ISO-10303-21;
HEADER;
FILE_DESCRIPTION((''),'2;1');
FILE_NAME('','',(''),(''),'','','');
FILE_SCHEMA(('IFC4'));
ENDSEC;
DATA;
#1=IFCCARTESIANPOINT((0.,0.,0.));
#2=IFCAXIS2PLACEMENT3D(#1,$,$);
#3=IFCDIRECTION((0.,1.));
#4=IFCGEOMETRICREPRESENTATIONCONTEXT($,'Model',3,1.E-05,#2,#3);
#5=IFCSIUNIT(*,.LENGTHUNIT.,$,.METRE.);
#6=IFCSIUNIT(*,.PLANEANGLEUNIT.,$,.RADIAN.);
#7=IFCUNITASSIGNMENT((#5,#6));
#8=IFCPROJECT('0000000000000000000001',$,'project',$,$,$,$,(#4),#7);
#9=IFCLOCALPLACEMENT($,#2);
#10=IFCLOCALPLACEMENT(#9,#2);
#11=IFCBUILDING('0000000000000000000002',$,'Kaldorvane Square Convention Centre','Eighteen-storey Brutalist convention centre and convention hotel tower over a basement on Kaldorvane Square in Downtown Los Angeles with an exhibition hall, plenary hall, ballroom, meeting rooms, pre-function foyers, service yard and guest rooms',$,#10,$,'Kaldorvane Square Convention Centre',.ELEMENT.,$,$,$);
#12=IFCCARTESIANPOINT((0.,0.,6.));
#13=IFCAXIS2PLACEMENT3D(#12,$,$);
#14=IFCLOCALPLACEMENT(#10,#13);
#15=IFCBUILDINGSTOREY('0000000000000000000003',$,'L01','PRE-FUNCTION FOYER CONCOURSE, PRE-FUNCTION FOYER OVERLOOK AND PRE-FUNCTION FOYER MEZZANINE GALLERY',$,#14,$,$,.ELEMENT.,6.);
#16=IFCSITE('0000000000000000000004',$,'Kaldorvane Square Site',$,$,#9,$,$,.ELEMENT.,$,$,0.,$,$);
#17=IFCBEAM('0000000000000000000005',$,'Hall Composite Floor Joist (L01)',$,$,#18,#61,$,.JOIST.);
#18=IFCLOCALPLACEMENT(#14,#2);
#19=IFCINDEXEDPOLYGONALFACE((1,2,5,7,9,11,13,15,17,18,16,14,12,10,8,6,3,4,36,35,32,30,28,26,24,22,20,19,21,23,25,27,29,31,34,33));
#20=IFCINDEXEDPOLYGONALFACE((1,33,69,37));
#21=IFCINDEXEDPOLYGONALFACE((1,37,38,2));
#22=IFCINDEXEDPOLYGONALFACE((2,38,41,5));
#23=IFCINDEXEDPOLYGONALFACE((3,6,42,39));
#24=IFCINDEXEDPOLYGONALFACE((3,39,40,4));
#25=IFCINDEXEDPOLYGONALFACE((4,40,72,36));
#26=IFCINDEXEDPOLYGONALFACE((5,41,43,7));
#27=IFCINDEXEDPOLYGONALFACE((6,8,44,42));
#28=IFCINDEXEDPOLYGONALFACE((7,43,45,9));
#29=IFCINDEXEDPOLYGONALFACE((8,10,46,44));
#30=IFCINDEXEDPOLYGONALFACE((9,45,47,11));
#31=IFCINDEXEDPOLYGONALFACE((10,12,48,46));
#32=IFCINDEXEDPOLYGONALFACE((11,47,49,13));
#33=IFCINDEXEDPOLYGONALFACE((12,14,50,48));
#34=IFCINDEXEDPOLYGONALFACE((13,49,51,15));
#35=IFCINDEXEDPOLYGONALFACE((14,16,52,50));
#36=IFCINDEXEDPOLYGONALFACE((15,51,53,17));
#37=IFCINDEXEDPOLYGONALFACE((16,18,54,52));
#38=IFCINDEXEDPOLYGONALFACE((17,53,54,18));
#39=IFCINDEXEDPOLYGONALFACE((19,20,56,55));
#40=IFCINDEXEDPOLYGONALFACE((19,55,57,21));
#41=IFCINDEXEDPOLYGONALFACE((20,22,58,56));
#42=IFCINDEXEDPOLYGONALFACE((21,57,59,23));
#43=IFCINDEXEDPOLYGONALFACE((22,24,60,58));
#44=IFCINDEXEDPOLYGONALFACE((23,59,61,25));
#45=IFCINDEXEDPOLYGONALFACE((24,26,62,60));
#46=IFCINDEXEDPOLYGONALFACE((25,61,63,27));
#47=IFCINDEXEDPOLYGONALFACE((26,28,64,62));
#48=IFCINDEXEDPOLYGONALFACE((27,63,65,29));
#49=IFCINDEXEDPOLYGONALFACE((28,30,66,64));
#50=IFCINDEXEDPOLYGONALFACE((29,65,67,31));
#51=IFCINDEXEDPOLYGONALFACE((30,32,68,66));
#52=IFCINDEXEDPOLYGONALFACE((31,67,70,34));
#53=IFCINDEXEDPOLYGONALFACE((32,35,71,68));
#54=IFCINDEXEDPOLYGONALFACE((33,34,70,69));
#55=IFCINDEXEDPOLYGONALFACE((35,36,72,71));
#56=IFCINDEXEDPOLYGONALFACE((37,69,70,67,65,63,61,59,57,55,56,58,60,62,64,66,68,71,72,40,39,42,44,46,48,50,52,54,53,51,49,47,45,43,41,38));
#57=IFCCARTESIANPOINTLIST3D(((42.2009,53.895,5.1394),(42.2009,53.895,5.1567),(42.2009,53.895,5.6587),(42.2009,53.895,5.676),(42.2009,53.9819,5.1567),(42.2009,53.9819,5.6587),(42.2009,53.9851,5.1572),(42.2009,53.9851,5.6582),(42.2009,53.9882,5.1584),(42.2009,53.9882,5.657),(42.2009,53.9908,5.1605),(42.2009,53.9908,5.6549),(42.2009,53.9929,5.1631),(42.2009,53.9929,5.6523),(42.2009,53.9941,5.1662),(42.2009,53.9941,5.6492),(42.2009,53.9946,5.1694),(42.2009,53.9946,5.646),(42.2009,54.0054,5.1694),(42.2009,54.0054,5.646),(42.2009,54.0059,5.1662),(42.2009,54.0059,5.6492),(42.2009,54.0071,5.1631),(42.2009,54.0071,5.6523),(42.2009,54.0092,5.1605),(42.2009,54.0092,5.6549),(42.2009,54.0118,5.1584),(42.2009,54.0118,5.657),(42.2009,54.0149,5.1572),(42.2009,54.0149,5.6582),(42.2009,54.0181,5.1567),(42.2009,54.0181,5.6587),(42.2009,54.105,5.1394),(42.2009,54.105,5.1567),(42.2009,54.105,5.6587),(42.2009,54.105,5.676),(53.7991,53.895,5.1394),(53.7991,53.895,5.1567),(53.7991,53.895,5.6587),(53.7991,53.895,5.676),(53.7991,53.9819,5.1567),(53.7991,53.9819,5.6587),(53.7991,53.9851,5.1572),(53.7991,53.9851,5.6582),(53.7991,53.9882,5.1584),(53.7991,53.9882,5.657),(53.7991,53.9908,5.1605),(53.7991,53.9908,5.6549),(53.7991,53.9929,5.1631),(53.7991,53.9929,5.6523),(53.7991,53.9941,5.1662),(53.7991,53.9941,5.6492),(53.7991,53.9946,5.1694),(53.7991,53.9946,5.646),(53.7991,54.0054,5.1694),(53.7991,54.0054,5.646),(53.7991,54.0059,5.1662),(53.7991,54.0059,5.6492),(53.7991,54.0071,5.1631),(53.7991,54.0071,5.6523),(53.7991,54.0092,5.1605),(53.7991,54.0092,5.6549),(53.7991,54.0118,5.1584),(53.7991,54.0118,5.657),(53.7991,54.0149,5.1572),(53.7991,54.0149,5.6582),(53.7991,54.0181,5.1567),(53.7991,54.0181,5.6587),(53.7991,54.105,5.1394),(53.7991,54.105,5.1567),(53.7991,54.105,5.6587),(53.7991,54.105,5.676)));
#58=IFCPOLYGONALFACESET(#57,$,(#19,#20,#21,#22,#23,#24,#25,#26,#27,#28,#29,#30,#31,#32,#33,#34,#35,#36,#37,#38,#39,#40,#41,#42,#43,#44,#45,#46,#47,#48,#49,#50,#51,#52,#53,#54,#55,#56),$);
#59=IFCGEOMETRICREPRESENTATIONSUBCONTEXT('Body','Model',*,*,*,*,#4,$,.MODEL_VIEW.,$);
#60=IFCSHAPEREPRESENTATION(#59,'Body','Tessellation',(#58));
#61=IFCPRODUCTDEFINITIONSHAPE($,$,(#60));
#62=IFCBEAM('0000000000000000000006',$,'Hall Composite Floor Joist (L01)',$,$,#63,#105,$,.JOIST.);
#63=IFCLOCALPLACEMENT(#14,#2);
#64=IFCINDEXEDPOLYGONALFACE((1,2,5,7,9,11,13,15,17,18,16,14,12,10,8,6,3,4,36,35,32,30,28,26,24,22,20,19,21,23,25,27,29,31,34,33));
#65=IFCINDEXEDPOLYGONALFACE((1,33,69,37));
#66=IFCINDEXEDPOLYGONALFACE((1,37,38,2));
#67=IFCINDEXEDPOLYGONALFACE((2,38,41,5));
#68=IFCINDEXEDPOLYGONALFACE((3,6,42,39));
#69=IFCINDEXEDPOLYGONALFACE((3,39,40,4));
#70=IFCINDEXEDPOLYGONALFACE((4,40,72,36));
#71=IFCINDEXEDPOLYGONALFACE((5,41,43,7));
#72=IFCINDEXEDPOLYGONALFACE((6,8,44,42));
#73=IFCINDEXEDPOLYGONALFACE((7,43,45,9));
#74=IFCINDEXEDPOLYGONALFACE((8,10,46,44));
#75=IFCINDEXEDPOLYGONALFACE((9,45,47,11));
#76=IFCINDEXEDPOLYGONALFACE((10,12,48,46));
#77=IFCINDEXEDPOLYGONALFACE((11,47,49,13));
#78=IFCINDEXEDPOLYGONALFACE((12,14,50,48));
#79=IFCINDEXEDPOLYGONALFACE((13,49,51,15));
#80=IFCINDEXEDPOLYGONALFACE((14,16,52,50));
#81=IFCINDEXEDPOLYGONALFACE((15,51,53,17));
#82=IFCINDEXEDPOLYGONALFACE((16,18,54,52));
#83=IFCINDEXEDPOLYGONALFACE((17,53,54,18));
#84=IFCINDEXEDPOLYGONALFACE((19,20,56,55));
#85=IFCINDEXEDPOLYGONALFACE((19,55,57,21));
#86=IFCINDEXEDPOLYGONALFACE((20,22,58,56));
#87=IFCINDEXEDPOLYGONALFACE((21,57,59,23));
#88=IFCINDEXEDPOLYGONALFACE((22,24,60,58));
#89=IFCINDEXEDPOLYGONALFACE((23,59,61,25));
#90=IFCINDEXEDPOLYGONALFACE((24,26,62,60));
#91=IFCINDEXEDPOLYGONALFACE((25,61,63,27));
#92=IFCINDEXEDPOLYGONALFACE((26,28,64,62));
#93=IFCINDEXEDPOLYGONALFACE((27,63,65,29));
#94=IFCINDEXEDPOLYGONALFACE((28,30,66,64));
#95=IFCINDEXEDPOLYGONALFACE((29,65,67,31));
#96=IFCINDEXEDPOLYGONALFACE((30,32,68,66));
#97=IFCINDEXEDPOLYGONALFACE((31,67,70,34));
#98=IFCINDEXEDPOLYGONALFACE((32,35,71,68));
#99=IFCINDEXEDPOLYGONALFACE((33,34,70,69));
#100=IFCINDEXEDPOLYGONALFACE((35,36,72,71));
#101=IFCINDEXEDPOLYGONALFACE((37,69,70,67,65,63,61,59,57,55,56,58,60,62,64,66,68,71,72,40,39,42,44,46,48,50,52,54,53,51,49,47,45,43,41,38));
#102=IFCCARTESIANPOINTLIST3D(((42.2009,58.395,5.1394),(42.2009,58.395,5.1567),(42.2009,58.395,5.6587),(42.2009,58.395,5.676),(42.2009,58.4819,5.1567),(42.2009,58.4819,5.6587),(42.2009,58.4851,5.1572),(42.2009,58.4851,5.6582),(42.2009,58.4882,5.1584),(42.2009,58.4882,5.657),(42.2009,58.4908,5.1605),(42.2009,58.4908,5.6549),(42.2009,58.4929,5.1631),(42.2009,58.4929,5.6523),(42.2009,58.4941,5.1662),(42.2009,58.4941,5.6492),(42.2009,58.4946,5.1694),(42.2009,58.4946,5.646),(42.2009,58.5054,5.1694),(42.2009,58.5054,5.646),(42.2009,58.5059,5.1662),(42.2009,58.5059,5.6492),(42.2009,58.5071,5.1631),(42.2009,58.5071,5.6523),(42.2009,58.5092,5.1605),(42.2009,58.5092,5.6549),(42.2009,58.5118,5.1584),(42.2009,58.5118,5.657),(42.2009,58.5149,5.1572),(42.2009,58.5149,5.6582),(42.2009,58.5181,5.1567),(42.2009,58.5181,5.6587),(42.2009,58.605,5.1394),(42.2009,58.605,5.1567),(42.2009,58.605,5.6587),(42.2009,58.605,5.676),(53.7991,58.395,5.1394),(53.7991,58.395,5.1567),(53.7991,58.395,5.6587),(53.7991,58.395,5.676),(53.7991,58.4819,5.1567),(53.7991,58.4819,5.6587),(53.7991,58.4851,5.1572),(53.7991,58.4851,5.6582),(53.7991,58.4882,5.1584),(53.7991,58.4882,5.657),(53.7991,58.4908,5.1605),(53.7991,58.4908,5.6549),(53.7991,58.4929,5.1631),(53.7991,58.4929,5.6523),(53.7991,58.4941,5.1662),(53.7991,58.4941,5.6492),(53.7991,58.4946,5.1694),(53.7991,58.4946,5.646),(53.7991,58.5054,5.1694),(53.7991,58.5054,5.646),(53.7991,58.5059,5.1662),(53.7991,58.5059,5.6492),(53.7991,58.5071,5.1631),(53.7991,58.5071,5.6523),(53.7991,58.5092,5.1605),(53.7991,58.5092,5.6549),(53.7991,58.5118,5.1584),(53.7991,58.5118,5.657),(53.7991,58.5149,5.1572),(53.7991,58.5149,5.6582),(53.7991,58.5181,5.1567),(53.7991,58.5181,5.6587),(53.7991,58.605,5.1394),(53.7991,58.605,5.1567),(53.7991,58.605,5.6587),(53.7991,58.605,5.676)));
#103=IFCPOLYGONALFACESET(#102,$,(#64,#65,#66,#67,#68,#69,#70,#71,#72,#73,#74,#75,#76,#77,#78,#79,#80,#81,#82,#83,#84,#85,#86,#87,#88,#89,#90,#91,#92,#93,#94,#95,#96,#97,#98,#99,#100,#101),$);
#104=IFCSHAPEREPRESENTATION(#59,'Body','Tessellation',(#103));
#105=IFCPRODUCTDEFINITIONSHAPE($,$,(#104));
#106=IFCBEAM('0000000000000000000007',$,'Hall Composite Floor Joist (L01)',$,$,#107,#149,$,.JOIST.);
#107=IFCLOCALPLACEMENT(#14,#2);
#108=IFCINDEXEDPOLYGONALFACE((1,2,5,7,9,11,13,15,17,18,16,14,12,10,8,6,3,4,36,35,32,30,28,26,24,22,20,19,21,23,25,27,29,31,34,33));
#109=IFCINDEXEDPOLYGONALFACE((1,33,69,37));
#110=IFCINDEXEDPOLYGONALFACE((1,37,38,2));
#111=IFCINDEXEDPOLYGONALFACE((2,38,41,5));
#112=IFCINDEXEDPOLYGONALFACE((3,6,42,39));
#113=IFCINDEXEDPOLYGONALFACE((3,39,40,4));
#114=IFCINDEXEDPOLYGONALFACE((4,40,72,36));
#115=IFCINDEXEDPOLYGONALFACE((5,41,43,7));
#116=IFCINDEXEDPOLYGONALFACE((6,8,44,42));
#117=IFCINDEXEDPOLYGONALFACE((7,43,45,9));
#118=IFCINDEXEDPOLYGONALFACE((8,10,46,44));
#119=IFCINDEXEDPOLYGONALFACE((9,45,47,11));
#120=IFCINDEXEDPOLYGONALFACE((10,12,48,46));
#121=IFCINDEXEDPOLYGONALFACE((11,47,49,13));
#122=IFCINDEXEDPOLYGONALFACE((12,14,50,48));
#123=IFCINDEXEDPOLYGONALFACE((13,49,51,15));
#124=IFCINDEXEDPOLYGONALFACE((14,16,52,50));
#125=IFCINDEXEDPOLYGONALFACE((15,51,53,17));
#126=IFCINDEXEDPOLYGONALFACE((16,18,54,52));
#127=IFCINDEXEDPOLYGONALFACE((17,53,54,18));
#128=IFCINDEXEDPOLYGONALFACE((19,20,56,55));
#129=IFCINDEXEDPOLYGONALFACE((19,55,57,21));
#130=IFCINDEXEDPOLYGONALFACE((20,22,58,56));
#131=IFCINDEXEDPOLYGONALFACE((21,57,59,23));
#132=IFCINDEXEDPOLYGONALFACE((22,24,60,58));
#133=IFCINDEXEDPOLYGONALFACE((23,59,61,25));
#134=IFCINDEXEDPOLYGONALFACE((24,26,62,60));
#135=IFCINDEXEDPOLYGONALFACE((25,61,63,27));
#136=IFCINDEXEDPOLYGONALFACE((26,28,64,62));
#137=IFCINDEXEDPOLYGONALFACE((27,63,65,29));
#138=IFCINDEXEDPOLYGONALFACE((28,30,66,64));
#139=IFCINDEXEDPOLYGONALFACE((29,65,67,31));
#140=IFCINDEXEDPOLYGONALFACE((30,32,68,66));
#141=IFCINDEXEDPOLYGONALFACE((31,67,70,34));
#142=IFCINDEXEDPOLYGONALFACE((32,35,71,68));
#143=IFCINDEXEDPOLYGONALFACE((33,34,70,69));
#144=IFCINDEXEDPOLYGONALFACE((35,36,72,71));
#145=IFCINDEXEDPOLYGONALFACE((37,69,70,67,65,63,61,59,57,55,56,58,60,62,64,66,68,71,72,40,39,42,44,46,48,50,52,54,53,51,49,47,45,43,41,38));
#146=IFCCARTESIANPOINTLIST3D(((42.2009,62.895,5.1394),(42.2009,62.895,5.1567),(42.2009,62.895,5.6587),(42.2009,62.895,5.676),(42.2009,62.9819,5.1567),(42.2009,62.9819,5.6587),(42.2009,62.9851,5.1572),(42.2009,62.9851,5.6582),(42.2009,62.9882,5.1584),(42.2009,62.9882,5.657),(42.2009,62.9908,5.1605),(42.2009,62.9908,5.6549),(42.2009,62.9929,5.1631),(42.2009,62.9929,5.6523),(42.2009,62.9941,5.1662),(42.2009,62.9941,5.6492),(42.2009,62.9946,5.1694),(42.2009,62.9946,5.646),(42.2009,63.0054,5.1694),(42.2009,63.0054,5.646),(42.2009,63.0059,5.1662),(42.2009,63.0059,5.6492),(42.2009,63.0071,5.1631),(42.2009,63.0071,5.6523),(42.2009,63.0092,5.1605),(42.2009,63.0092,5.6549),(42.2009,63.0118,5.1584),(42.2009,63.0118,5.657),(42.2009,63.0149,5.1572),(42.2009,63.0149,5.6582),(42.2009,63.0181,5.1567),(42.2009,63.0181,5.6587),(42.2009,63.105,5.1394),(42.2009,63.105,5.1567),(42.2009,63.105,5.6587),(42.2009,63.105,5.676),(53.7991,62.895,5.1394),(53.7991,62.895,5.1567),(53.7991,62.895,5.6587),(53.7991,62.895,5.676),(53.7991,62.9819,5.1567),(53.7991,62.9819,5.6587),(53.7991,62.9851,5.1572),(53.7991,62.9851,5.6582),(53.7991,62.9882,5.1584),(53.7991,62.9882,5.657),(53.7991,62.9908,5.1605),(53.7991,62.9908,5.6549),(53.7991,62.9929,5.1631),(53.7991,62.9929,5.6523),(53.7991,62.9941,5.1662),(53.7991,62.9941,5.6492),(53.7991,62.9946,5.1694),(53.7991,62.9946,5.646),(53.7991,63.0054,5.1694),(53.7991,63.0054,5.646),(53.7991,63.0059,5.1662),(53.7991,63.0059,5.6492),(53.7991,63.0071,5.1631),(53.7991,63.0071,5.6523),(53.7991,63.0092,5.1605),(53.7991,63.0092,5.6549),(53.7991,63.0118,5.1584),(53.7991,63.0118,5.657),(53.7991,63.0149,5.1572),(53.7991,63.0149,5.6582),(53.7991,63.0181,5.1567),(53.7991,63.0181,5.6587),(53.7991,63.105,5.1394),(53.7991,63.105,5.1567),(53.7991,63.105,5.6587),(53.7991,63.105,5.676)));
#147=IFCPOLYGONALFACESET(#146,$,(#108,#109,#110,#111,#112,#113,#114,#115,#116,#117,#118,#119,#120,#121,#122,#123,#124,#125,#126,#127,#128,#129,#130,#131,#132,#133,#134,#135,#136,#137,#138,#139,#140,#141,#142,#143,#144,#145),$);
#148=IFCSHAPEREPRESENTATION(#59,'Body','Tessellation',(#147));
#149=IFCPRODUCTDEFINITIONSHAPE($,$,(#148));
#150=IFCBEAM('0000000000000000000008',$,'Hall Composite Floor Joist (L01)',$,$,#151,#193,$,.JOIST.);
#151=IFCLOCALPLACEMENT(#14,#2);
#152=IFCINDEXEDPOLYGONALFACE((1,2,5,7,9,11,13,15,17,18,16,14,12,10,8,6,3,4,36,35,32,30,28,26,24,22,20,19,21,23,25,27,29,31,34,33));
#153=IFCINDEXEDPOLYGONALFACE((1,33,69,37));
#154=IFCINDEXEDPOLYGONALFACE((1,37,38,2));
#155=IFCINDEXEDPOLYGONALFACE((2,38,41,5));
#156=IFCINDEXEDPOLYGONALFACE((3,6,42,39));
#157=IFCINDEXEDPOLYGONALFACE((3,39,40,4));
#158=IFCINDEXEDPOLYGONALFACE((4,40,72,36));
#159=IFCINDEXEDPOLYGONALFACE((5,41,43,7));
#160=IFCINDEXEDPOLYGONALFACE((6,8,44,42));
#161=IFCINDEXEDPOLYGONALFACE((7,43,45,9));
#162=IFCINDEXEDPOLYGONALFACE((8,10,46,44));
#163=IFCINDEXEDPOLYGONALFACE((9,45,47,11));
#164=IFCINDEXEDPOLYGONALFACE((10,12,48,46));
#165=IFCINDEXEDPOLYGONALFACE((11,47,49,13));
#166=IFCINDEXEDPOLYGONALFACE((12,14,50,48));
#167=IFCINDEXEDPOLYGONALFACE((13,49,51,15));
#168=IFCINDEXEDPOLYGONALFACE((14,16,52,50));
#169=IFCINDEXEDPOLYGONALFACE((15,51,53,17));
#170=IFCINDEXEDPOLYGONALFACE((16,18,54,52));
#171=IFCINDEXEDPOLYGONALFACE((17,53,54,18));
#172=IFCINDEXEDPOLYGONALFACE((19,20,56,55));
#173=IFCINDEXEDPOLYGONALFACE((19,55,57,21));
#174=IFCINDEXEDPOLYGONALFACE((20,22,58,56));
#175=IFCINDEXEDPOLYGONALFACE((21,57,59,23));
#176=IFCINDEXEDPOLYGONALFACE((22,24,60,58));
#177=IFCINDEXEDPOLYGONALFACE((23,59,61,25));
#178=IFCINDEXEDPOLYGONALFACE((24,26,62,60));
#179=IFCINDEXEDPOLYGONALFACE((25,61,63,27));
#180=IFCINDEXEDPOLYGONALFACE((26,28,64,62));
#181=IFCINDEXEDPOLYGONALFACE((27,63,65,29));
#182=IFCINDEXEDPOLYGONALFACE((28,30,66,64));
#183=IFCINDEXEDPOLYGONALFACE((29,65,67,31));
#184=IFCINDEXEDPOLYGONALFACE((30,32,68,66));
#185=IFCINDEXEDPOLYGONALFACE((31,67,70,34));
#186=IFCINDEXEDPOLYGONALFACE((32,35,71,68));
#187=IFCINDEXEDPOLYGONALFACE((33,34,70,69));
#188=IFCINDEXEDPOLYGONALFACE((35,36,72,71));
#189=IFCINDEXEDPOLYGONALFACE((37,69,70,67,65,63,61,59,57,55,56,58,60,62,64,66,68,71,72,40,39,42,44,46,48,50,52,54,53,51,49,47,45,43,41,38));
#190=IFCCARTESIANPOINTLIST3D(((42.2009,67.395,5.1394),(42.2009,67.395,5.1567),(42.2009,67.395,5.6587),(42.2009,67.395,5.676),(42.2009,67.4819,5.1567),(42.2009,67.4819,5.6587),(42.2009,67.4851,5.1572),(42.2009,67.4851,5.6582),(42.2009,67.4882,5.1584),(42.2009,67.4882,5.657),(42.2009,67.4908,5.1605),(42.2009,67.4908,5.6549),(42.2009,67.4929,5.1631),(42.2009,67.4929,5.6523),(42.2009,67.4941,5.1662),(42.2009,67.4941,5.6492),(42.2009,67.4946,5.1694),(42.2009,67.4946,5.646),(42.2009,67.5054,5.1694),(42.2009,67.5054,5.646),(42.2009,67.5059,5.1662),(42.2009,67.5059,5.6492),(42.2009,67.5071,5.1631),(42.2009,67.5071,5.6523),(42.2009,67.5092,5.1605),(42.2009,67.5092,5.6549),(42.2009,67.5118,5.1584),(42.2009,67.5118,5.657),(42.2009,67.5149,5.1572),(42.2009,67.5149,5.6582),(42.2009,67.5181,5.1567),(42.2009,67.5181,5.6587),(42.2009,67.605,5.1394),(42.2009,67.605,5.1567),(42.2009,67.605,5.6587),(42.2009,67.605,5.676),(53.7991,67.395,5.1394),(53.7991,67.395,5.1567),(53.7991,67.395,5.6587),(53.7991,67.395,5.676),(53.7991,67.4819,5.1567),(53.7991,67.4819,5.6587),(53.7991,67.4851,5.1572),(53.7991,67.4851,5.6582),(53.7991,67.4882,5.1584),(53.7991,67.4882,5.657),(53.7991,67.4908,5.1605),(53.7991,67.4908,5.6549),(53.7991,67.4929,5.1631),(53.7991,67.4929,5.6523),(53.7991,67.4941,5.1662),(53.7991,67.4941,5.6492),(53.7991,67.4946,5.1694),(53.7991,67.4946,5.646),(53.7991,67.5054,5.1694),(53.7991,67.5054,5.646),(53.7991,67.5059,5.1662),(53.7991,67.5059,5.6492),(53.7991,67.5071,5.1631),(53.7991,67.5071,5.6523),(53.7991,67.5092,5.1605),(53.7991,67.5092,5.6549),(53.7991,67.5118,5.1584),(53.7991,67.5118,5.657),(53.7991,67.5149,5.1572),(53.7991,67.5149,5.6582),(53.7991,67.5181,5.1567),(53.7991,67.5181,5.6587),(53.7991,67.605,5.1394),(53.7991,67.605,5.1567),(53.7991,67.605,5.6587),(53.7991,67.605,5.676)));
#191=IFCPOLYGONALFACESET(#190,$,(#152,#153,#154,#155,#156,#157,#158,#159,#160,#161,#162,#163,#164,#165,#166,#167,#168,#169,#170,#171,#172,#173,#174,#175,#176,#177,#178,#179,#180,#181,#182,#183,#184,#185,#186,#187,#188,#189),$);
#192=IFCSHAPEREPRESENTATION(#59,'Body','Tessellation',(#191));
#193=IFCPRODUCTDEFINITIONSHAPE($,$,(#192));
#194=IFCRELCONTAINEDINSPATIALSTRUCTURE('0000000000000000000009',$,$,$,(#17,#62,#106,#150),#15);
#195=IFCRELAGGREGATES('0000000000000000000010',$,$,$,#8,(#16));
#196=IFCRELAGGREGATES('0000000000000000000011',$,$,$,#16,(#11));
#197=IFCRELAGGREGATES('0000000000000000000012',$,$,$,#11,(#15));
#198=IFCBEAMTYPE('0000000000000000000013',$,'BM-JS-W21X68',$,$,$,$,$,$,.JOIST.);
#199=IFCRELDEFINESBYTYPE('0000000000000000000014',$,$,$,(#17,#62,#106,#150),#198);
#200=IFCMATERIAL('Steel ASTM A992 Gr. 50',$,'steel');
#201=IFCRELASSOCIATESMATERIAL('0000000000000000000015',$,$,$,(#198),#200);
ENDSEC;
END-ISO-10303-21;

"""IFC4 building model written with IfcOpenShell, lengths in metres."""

from ifc_helpers import new_model, si_unit, direction, frame, origin, origin_2d, place, context, subcontext, project, spatial, i_section, extrude, material, material_profile, profile_set, type_object, element, save


model = new_model("IFC4")

# Units and contexts
model_context = context("Model", 3, precision=1e-05, world=origin(), true_north=direction((0.0, 1.0)))
body_context = subcontext(model_context, "Body", "Model", "MODEL_VIEW")
ifc_project = project(units=[si_unit("LENGTHUNIT", "METRE"), si_unit("PLANEANGLEUNIT", "RADIAN")], contexts=[model_context])

# Site, building, storey
site_placement = place(None, origin())
site = spatial("IfcSite", under=ifc_project, at=site_placement, Name="Kaldorvane Square Site", CompositionType="ELEMENT", RefElevation=0.0)
building_placement = place(site_placement, origin())
building = spatial("IfcBuilding", under=site, at=building_placement, Name="Kaldorvane Square Convention Centre", Description="Eighteen-storey Brutalist convention centre and convention hotel tower over a basement on Kaldorvane Square in Downtown Los Angeles with an exhibition hall, plenary hall, ballroom, meeting rooms, pre-function foyers, service yard and guest rooms", LongName="Kaldorvane Square Convention Centre", CompositionType="ELEMENT")
storey_placement = place(building_placement, frame((0.0, 0.0, 6.0)))
storey = spatial("IfcBuildingStorey", under=building, at=storey_placement, Name="L01", Description="PRE-FUNCTION FOYER CONCOURSE, PRE-FUNCTION FOYER OVERLOOK AND PRE-FUNCTION FOYER MEZZANINE GALLERY", CompositionType="ELEMENT", Elevation=6.0)

# Beams
ifc_material_1 = material(Name="Steel ASTM A992 Gr. 50", Category="steel")
ifc_material_profile_1 = material_profile(ifc_material_1, i_section(OverallWidth=0.2101, OverallDepth=0.5367, WebThickness=0.0109, FlangeThickness=0.0174, FilletRadius=0.0127, at=origin_2d()), Name="W21X68")
ifc_profile_set_1 = profile_set([ifc_material_profile_1], Name="Steel ASTM A992 Gr. 50")
beam_type_1 = type_object("IfcBeamType", Name="BM-JS-W21X68", PredefinedType="JOIST", material=ifc_profile_set_1)
for number, where, z_axis, x_axis, name in (
    (1, (42.2009, 54.0, 5.4077), (1.0, 0.0, 0.0), (0.0, 1.0, 0.0), "Hall Composite Floor Joist (L01)"),
    (2, (42.2009, 58.5, 5.4077), (1.0, 0.0, 0.0), (0.0, 1.0, 0.0), "Hall Composite Floor Joist (L01)"),
    (3, (42.2009, 63.0, 5.4077), (1.0, 0.0, 0.0), (0.0, 1.0, 0.0), "Hall Composite Floor Joist (L01)"),
    (4, (42.2009, 67.5, 5.4077), (1.0, 0.0, 0.0), (0.0, 1.0, 0.0), "Hall Composite Floor Joist (L01)"),
):
    element("IfcBeam", number, at=place(storey_placement, frame(where, z_axis=z_axis, x_axis=x_axis)), inside=storey, type_object=beam_type_1, Name=name, PredefinedType="JOIST", context=body_context, shape_type="SweptSolid", body=[
        extrude(i_section(OverallWidth=0.2101, OverallDepth=0.5367, WebThickness=0.0109, FlangeThickness=0.0174, FilletRadius=0.0127, at=origin_2d()), origin(), (0.0, 0.0, 1.0), 11.5982),
    ])

save(model, "model.ifc")
